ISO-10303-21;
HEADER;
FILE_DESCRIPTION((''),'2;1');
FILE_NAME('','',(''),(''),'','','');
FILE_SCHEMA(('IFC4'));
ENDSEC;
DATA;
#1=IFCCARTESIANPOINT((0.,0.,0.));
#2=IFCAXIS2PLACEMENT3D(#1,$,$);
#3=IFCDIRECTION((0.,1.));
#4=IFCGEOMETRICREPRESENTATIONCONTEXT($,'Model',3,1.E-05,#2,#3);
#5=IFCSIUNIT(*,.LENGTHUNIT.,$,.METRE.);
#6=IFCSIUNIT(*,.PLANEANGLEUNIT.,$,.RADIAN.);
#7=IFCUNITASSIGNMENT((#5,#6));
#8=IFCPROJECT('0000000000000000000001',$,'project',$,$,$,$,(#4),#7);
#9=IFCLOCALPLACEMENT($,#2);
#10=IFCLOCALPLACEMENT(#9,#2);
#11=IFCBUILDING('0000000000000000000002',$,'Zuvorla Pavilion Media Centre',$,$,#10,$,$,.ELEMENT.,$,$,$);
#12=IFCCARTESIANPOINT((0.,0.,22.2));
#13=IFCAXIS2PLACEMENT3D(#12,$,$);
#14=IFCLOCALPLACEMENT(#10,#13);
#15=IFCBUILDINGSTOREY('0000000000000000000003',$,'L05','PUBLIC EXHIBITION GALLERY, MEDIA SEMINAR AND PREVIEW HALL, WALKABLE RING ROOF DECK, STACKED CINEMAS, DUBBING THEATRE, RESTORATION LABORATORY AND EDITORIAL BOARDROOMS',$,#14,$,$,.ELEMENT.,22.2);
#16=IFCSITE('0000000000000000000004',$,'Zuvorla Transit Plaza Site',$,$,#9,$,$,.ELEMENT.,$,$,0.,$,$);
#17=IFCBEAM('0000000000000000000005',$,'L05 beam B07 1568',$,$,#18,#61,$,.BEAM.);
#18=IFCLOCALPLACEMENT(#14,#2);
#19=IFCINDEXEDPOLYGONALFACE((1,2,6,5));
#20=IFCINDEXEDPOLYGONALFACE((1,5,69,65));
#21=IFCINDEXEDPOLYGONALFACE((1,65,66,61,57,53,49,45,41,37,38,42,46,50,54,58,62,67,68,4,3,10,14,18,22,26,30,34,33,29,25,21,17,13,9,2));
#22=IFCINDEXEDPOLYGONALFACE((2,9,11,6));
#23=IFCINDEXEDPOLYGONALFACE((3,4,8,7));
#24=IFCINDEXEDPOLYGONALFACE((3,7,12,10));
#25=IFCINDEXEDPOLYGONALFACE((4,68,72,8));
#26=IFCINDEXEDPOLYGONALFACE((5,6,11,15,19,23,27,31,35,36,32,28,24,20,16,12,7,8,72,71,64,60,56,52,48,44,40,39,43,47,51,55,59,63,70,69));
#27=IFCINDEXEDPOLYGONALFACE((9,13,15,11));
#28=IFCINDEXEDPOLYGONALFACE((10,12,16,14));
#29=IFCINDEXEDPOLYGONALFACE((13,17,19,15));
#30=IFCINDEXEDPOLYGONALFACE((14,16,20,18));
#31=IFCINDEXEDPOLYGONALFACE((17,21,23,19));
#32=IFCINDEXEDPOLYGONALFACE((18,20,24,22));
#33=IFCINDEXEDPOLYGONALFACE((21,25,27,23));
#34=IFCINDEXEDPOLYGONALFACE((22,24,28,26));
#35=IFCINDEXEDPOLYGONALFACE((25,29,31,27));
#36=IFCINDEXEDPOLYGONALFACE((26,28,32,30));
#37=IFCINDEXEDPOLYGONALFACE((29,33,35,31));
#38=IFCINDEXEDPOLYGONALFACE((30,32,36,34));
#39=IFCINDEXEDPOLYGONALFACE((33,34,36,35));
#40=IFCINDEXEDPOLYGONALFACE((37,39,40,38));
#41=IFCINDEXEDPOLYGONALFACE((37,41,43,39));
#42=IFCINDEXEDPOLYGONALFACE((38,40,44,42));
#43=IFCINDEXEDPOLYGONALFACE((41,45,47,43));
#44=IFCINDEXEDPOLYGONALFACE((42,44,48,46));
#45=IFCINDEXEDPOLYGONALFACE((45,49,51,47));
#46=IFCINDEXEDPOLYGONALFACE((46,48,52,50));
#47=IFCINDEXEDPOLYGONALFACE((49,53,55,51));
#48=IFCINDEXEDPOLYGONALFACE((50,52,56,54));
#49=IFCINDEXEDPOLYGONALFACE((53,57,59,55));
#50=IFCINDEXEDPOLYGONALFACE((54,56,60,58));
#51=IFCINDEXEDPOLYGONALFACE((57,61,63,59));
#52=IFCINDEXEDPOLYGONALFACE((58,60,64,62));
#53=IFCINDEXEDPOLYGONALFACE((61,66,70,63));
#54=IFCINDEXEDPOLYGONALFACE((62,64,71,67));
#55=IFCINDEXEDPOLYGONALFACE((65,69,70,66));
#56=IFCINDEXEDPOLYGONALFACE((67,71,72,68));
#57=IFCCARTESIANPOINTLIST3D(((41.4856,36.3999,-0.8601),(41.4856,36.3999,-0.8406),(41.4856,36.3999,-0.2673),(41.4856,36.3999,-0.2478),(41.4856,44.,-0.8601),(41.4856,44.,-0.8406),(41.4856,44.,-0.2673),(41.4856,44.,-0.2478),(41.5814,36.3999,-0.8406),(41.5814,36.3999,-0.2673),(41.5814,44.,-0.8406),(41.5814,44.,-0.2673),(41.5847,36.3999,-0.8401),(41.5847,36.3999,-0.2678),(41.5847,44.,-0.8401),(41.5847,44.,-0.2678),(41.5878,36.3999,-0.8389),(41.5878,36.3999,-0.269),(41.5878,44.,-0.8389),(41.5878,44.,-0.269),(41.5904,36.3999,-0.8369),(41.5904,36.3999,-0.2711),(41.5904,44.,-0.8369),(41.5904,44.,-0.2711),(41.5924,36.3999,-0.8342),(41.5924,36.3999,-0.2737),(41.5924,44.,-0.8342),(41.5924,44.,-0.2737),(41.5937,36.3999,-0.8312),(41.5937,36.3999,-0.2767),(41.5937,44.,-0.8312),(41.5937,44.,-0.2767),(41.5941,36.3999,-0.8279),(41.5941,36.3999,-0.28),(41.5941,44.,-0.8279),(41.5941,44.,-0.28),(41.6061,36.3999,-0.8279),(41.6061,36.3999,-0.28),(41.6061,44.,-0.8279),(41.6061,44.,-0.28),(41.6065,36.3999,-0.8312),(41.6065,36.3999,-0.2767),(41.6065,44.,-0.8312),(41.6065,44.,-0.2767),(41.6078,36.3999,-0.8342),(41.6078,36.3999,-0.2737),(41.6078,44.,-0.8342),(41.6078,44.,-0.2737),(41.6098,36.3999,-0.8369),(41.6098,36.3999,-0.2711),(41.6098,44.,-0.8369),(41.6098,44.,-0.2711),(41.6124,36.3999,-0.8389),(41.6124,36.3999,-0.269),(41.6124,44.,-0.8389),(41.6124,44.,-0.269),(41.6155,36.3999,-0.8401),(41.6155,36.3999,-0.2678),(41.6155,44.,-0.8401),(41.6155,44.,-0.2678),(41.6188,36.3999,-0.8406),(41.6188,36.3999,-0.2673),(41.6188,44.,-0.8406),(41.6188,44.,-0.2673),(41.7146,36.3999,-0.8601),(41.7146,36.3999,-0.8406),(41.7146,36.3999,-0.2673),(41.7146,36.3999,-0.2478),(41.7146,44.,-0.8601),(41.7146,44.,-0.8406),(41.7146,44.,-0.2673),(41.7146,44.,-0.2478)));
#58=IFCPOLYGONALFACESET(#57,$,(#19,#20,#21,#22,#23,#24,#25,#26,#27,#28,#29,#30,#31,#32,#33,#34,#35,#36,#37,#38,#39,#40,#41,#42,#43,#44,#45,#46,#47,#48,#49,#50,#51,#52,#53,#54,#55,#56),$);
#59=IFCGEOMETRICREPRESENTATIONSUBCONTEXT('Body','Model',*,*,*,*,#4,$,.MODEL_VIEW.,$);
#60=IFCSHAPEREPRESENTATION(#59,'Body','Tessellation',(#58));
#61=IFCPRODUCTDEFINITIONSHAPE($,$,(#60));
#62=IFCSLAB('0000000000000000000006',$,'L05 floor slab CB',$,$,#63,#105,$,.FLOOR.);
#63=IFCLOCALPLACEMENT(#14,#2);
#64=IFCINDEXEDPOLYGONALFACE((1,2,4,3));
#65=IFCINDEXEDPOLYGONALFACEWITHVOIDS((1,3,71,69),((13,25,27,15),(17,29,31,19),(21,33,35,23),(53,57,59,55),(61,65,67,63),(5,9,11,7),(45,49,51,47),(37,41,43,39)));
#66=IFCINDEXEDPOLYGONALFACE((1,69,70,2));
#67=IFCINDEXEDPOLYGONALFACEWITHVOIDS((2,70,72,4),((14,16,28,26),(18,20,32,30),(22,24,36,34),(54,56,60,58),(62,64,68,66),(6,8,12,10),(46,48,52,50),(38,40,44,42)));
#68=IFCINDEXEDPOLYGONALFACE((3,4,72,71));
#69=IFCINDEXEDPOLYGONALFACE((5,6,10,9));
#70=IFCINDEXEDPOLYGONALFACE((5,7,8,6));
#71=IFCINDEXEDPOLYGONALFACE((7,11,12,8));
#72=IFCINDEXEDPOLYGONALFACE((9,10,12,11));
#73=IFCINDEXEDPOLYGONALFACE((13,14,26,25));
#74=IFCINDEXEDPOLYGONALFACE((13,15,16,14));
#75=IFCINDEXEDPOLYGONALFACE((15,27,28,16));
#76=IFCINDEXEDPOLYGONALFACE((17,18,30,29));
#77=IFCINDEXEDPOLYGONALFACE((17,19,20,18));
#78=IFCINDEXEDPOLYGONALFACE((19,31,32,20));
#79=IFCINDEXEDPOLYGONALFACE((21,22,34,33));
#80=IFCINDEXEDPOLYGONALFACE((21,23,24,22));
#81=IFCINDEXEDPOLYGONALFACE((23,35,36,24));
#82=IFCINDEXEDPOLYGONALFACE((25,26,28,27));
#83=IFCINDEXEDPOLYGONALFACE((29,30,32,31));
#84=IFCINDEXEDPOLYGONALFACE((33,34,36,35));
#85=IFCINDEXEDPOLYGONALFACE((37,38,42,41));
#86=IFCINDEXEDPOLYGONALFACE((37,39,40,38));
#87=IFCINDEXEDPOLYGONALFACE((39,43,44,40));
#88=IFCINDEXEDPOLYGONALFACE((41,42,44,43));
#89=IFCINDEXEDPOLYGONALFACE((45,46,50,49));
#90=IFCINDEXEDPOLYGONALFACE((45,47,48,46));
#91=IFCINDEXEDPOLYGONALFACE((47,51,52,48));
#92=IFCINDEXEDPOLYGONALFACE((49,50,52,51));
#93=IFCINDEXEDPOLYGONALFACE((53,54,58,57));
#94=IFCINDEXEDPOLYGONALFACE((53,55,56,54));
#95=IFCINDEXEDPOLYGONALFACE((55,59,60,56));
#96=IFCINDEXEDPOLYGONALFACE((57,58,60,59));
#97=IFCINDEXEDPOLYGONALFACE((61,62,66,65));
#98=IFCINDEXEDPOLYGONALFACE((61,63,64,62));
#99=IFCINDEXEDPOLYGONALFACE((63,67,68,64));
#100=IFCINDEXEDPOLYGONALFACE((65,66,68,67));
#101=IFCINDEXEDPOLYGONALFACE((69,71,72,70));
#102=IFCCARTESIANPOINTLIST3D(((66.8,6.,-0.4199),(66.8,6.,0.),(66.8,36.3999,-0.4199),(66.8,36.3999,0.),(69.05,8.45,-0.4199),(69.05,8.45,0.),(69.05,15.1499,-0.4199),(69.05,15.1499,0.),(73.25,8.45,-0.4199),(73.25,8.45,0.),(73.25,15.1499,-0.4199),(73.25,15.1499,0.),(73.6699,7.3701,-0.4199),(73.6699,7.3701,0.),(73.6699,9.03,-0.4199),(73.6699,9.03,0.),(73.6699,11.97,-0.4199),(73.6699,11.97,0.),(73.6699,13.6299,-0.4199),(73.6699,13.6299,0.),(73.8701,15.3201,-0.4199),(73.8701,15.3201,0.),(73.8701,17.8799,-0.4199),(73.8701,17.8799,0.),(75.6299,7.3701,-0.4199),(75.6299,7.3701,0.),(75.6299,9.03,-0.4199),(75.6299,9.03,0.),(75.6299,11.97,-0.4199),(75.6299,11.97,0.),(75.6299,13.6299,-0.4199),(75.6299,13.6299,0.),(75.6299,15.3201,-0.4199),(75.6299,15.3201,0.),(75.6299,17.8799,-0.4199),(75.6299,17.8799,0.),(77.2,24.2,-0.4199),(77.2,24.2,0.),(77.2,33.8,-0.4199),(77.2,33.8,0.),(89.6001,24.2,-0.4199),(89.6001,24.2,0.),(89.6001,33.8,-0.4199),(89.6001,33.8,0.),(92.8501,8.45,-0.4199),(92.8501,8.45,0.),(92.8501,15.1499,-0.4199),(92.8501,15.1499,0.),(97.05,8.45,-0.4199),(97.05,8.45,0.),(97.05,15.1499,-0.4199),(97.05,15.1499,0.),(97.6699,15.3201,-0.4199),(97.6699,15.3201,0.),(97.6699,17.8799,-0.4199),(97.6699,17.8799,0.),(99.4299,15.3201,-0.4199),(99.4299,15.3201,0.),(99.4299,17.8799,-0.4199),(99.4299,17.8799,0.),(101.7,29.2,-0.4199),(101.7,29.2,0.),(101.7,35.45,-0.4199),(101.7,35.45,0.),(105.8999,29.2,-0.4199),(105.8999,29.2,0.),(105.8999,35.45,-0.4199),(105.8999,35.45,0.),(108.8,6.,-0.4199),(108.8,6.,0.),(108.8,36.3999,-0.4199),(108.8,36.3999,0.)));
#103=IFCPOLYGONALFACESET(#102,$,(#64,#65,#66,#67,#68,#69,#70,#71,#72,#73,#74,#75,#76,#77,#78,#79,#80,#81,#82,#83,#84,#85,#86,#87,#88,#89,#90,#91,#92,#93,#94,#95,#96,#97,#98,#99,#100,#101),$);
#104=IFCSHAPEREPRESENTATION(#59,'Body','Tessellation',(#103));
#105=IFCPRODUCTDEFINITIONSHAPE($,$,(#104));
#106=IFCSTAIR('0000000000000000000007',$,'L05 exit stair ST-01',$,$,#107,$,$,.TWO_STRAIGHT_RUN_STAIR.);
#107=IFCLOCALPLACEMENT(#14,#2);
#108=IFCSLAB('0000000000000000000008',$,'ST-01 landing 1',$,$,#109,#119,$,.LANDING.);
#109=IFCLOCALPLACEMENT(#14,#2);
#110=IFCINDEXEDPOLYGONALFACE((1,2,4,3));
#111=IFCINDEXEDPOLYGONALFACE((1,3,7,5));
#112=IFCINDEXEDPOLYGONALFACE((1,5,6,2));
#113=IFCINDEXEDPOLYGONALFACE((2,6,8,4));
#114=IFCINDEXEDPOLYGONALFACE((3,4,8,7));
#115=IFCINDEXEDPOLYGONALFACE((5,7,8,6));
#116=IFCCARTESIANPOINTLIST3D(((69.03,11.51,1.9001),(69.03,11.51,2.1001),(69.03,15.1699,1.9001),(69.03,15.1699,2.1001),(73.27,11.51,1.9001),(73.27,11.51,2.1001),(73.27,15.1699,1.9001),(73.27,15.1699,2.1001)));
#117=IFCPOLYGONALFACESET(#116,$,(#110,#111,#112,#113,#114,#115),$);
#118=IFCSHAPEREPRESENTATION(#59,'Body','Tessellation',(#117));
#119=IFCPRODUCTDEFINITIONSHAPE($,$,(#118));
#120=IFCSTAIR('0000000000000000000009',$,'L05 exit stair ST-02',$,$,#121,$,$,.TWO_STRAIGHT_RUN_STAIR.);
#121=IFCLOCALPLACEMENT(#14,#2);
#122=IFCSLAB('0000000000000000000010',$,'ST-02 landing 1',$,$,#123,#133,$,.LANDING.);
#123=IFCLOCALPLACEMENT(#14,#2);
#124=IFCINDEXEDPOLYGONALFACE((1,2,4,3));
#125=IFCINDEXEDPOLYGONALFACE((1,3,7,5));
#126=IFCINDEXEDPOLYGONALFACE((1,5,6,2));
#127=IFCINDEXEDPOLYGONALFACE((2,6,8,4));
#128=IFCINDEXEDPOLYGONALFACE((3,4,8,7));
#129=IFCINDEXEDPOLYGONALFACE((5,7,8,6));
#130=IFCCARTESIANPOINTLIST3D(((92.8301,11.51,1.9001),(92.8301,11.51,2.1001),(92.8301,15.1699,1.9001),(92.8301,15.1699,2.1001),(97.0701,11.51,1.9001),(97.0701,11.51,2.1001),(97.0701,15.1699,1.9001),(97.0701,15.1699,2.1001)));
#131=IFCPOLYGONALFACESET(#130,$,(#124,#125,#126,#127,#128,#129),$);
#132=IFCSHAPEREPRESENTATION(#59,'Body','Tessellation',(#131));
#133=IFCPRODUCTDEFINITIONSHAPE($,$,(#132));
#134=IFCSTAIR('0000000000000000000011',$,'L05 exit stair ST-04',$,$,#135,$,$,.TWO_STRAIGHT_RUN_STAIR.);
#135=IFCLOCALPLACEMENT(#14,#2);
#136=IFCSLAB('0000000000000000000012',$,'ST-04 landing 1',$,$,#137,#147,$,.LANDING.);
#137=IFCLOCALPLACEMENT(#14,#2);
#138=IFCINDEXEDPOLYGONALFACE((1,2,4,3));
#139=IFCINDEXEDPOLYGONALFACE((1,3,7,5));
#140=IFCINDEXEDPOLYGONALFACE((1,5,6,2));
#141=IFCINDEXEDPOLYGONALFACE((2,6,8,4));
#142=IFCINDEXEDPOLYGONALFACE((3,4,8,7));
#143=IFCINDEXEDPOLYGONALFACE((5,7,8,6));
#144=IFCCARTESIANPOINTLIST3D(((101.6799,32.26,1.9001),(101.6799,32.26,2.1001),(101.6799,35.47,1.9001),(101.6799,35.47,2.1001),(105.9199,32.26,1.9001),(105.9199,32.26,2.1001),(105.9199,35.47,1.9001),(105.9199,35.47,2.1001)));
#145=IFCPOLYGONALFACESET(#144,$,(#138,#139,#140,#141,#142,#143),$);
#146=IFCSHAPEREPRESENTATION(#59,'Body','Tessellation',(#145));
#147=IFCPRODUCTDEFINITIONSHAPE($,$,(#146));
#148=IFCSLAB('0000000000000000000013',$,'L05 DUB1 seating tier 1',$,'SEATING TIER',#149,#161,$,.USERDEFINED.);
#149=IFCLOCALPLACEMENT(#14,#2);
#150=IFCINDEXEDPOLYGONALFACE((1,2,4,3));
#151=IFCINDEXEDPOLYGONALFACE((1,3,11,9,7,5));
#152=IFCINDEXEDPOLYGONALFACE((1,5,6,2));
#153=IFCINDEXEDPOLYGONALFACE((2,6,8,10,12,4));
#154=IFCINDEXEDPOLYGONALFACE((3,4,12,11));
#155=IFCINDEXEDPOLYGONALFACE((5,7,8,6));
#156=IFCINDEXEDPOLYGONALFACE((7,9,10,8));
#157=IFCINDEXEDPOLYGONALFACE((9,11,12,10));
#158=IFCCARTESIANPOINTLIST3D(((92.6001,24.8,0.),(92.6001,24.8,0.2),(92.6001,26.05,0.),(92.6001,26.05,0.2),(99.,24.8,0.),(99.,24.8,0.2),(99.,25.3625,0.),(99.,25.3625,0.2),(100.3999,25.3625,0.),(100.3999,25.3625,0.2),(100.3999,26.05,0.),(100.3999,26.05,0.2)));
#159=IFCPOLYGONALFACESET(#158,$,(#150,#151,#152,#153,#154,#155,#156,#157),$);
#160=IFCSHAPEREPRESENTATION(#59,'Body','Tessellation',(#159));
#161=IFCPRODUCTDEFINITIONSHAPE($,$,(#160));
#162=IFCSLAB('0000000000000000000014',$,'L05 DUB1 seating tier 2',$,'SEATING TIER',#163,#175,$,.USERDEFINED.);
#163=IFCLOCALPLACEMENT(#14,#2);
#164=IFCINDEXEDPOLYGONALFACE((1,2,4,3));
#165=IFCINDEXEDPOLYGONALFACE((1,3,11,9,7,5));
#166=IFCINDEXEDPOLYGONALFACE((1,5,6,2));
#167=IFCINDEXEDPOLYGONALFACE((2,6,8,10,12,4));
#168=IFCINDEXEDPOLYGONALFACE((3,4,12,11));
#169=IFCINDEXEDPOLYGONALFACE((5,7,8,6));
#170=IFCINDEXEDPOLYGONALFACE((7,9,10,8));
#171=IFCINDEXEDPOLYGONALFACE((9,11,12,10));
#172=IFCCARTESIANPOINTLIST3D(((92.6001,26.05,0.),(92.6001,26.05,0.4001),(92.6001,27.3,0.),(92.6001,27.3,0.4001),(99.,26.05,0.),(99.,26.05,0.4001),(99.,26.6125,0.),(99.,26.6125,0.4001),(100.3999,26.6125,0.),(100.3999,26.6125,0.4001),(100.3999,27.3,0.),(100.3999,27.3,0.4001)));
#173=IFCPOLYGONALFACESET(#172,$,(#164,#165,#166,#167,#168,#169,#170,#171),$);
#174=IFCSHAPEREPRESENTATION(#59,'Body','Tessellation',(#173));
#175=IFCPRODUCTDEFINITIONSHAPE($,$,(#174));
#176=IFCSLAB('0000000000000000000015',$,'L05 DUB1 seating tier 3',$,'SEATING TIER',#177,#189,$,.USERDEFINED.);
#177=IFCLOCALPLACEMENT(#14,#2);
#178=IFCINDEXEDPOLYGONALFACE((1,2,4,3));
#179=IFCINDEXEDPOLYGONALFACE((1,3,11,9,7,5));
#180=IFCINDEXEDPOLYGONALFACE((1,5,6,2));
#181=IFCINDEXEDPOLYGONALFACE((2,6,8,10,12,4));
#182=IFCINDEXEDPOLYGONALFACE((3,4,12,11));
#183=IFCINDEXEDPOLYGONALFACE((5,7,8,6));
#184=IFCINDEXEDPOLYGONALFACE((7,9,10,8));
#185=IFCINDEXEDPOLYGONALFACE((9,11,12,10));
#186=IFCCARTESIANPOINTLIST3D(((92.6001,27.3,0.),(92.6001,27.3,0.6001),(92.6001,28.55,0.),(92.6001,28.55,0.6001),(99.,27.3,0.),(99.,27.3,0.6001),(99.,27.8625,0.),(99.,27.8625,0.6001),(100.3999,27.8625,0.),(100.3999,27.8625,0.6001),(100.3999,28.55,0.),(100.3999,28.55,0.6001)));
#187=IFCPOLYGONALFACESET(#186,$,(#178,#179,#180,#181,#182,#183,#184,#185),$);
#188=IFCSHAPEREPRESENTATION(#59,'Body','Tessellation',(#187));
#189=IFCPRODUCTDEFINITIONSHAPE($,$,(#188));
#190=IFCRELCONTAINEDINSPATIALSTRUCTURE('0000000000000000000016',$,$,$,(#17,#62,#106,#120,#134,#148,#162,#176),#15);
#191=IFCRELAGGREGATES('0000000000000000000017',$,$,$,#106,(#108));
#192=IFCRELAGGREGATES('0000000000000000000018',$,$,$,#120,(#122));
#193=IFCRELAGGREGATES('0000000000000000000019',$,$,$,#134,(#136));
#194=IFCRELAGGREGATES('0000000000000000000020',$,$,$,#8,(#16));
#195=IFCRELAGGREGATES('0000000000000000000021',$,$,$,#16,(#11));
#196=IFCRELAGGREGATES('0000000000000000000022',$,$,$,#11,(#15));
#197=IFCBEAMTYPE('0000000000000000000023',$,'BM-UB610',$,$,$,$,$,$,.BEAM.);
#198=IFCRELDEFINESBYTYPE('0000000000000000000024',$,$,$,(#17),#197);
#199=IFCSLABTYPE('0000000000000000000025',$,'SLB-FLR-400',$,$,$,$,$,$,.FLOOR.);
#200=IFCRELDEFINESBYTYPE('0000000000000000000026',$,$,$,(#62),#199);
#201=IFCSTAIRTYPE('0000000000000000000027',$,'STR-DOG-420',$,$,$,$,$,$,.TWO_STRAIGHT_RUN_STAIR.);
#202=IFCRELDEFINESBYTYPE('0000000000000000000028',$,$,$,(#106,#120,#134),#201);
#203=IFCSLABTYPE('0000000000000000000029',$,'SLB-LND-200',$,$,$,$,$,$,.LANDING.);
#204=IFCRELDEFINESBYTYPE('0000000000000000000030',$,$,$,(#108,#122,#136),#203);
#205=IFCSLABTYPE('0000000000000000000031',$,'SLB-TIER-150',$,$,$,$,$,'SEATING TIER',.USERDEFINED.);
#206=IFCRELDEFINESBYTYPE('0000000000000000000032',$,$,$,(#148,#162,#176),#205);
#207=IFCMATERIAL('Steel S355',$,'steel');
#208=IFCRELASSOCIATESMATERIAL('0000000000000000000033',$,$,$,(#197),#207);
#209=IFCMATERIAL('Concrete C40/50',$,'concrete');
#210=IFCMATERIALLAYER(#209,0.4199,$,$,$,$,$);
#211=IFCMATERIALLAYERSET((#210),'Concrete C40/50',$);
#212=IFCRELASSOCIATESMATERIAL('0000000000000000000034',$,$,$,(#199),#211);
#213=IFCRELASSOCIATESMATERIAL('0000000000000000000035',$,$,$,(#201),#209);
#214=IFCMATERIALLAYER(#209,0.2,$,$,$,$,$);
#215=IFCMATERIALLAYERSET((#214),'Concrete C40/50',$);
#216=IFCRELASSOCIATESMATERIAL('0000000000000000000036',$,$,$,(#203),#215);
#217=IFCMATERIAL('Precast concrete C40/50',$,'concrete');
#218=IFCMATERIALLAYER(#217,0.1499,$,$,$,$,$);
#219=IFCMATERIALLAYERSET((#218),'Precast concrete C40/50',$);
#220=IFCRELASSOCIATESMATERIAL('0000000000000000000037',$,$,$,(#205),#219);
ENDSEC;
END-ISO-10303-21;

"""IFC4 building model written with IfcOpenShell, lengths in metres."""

from ifc_helpers import new_model, si_unit, direction, frame, origin, origin_2d, place, context, subcontext, project, spatial, polyline, i_section, outline, extrude, material, layer, layer_set, material_profile, profile_set, type_object, element, aggregate, save


model = new_model("IFC4")

# Units and contexts
model_context = context("Model", 3, precision=1e-05, world=origin(), true_north=direction((0.0, 1.0)))
body_context = subcontext(model_context, "Body", "Model", "MODEL_VIEW")
ifc_project = project(units=[si_unit("LENGTHUNIT", "METRE"), si_unit("PLANEANGLEUNIT", "RADIAN")], contexts=[model_context])

# Site, building, storey
site_placement = place(None, origin())
site = spatial("IfcSite", under=ifc_project, at=site_placement, Name="Zuvorla Transit Plaza Site", CompositionType="ELEMENT", RefElevation=0.0)
building_placement = place(site_placement, origin())
building = spatial("IfcBuilding", under=site, at=building_placement, Name="Zuvorla Pavilion Media Centre", CompositionType="ELEMENT")
storey_placement = place(building_placement, frame((0.0, 0.0, 22.2)))
storey = spatial("IfcBuildingStorey", under=building, at=storey_placement, Name="L05", Description="PUBLIC EXHIBITION GALLERY, MEDIA SEMINAR AND PREVIEW HALL, WALKABLE RING ROOF DECK, STACKED CINEMAS, DUBBING THEATRE, RESTORATION LABORATORY AND EDITORIAL BOARDROOMS", CompositionType="ELEMENT", Elevation=22.2)

# Beam
ifc_material_1 = material(Name="Steel S355", Category="steel")
ifc_material_profile_1 = material_profile(ifc_material_1, i_section(OverallWidth=0.229, OverallDepth=0.6123, WebThickness=0.012, FlangeThickness=0.0195, FilletRadius=0.0127, at=origin_2d()), Name="UB 610x229x125")
ifc_profile_set_1 = profile_set([ifc_material_profile_1], Name="Steel S355")
beam_type_1 = type_object("IfcBeamType", Name="BM-UB610", PredefinedType="BEAM", material=ifc_profile_set_1)
beam_1_placement = place(storey_placement, frame((41.6001, 36.3999, -0.554), z_axis=(0.0, 1.0, 0.0), x_axis=(-1.0, 0.0, 0.0)))
element("IfcBeam", 1, at=beam_1_placement, inside=storey, type_object=beam_type_1, Name="L05 beam B07 1568", PredefinedType="BEAM", context=body_context, shape_type="SweptSolid", body=[
    extrude(i_section(OverallWidth=0.229, OverallDepth=0.6123, WebThickness=0.012, FlangeThickness=0.0195, FilletRadius=0.0127, at=origin_2d()), origin(), (0.0, 0.0, 1.0), 7.6001),
])

# Slab
ifc_material_2 = material(Name="Concrete C40/50", Category="concrete")
ifc_layer_1 = layer(ifc_material_2, 0.4199)
ifc_layer_set_1 = layer_set([ifc_layer_1], Name="Concrete C40/50")
slab_type_1 = type_object("IfcSlabType", Name="SLB-FLR-400", PredefinedType="FLOOR", material=ifc_layer_set_1)
slab_1_placement = place(storey_placement, frame((0.0, 0.0, -0.4199)))
element("IfcSlab", 2, at=slab_1_placement, inside=storey, type_object=slab_type_1, Name="L05 floor slab CB", PredefinedType="FLOOR", context=body_context, shape_type="SweptSolid", body=[
    extrude(outline(polyline([(66.8, 6.0), (66.8, 36.3999), (108.8, 36.3999), (108.8, 6.0), (66.8, 6.0)]), holes=[polyline([(73.6699, 9.03), (73.6699, 7.3701), (75.6299, 7.3701), (75.6299, 9.03), (73.6699, 9.03)]), polyline([(69.05, 15.1499), (69.05, 8.45), (73.25, 8.45), (73.25, 15.1499), (69.05, 15.1499)]), polyline([(92.8501, 15.1499), (92.8501, 8.45), (97.05, 8.45), (97.05, 15.1499), (92.8501, 15.1499)]), polyline([(73.6699, 13.6299), (73.6699, 11.97), (75.6299, 11.97), (75.6299, 13.6299), (73.6699, 13.6299)]), polyline([(73.8701, 17.8799), (73.8701, 15.3201), (75.6299, 15.3201), (75.6299, 17.8799), (73.8701, 17.8799)]), polyline([(97.6699, 17.8799), (97.6699, 15.3201), (99.4299, 15.3201), (99.4299, 17.8799), (97.6699, 17.8799)]), polyline([(77.2, 33.8), (77.2, 24.2), (89.6001, 24.2), (89.6001, 33.8), (77.2, 33.8)]), polyline([(101.7, 35.45), (101.7, 29.2), (105.8999, 29.2), (105.8999, 35.45), (101.7, 35.45)])]), origin(), (0.0, 0.0, 1.0), 0.4199),
])

# Stairs, slabs
stair_type = type_object("IfcStairType", Name="STR-DOG-420", PredefinedType="TWO_STRAIGHT_RUN_STAIR", material=ifc_material_2)
stair_1_placement = place(storey_placement, origin())
stair_1 = element("IfcStair", 3, at=stair_1_placement, inside=storey, type_object=stair_type, Name="L05 exit stair ST-01", PredefinedType="TWO_STRAIGHT_RUN_STAIR")
ifc_layer_2 = layer(ifc_material_2, 0.2)
ifc_layer_set_2 = layer_set([ifc_layer_2], Name="Concrete C40/50")
slab_type_2 = type_object("IfcSlabType", Name="SLB-LND-200", PredefinedType="LANDING", material=ifc_layer_set_2)
slab_2_placement = place(storey_placement, frame((0.0, 0.0, 1.9001)))
slab_2 = element("IfcSlab", 4, at=slab_2_placement, type_object=slab_type_2, Name="ST-01 landing 1", PredefinedType="LANDING", context=body_context, shape_type="SweptSolid", body=[
    extrude(outline(polyline([(69.03, 11.51), (73.27, 11.51), (73.27, 15.1699), (69.03, 15.1699), (69.03, 11.51)])), origin(), (0.0, 0.0, 1.0), 0.2),
])
aggregate(stair_1, [slab_2])
stair_2_placement = place(storey_placement, origin())
stair_2 = element("IfcStair", 5, at=stair_2_placement, inside=storey, type_object=stair_type, Name="L05 exit stair ST-02", PredefinedType="TWO_STRAIGHT_RUN_STAIR")
slab_3_placement = place(storey_placement, frame((0.0, 0.0, 1.9001)))
slab_3 = element("IfcSlab", 6, at=slab_3_placement, type_object=slab_type_2, Name="ST-02 landing 1", PredefinedType="LANDING", context=body_context, shape_type="SweptSolid", body=[
    extrude(outline(polyline([(92.8301, 11.51), (97.0701, 11.51), (97.0701, 15.1699), (92.8301, 15.1699), (92.8301, 11.51)])), origin(), (0.0, 0.0, 1.0), 0.2),
])
aggregate(stair_2, [slab_3])
stair_3_placement = place(storey_placement, origin())
stair_3 = element("IfcStair", 7, at=stair_3_placement, inside=storey, type_object=stair_type, Name="L05 exit stair ST-04", PredefinedType="TWO_STRAIGHT_RUN_STAIR")
slab_4_placement = place(storey_placement, frame((0.0, 0.0, 1.9001)))
slab_4 = element("IfcSlab", 8, at=slab_4_placement, type_object=slab_type_2, Name="ST-04 landing 1", PredefinedType="LANDING", context=body_context, shape_type="SweptSolid", body=[
    extrude(outline(polyline([(101.6799, 32.26), (105.9199, 32.26), (105.9199, 35.47), (101.6799, 35.47), (101.6799, 32.26)])), origin(), (0.0, 0.0, 1.0), 0.2),
])
aggregate(stair_3, [slab_4])

# Slabs
ifc_material_3 = material(Name="Precast concrete C40/50", Category="concrete")
ifc_layer_3 = layer(ifc_material_3, 0.1499)
ifc_layer_set_3 = layer_set([ifc_layer_3], Name="Precast concrete C40/50")
slab_type_3 = type_object("IfcSlabType", Name="SLB-TIER-150", ElementType="SEATING TIER", PredefinedType="USERDEFINED", material=ifc_layer_set_3)
slab_5_placement = place(storey_placement, origin())
element("IfcSlab", 9, at=slab_5_placement, inside=storey, type_object=slab_type_3, Name="L05 DUB1 seating tier 1", ObjectType="SEATING TIER", PredefinedType="USERDEFINED", context=body_context, shape_type="SweptSolid", body=[
    extrude(outline(polyline([(92.6001, 24.8), (99.0, 24.8), (99.0, 25.3625), (100.3999, 25.3625), (100.3999, 26.05), (92.6001, 26.05), (92.6001, 24.8)])), origin(), (0.0, 0.0, 1.0), 0.2),
])
slab_6_placement = place(storey_placement, origin())
element("IfcSlab", 10, at=slab_6_placement, inside=storey, type_object=slab_type_3, Name="L05 DUB1 seating tier 2", ObjectType="SEATING TIER", PredefinedType="USERDEFINED", context=body_context, shape_type="SweptSolid", body=[
    extrude(outline(polyline([(92.6001, 26.05), (99.0, 26.05), (99.0, 26.6125), (100.3999, 26.6125), (100.3999, 27.3), (92.6001, 27.3), (92.6001, 26.05)])), origin(), (0.0, 0.0, 1.0), 0.4001),
])
slab_7_placement = place(storey_placement, origin())
element("IfcSlab", 11, at=slab_7_placement, inside=storey, type_object=slab_type_3, Name="L05 DUB1 seating tier 3", ObjectType="SEATING TIER", PredefinedType="USERDEFINED", context=body_context, shape_type="SweptSolid", body=[
    extrude(outline(polyline([(92.6001, 27.3), (99.0, 27.3), (99.0, 27.8625), (100.3999, 27.8625), (100.3999, 28.55), (92.6001, 28.55), (92.6001, 27.3)])), origin(), (0.0, 0.0, 1.0), 0.6001),
])

save(model, "model.ifc")
